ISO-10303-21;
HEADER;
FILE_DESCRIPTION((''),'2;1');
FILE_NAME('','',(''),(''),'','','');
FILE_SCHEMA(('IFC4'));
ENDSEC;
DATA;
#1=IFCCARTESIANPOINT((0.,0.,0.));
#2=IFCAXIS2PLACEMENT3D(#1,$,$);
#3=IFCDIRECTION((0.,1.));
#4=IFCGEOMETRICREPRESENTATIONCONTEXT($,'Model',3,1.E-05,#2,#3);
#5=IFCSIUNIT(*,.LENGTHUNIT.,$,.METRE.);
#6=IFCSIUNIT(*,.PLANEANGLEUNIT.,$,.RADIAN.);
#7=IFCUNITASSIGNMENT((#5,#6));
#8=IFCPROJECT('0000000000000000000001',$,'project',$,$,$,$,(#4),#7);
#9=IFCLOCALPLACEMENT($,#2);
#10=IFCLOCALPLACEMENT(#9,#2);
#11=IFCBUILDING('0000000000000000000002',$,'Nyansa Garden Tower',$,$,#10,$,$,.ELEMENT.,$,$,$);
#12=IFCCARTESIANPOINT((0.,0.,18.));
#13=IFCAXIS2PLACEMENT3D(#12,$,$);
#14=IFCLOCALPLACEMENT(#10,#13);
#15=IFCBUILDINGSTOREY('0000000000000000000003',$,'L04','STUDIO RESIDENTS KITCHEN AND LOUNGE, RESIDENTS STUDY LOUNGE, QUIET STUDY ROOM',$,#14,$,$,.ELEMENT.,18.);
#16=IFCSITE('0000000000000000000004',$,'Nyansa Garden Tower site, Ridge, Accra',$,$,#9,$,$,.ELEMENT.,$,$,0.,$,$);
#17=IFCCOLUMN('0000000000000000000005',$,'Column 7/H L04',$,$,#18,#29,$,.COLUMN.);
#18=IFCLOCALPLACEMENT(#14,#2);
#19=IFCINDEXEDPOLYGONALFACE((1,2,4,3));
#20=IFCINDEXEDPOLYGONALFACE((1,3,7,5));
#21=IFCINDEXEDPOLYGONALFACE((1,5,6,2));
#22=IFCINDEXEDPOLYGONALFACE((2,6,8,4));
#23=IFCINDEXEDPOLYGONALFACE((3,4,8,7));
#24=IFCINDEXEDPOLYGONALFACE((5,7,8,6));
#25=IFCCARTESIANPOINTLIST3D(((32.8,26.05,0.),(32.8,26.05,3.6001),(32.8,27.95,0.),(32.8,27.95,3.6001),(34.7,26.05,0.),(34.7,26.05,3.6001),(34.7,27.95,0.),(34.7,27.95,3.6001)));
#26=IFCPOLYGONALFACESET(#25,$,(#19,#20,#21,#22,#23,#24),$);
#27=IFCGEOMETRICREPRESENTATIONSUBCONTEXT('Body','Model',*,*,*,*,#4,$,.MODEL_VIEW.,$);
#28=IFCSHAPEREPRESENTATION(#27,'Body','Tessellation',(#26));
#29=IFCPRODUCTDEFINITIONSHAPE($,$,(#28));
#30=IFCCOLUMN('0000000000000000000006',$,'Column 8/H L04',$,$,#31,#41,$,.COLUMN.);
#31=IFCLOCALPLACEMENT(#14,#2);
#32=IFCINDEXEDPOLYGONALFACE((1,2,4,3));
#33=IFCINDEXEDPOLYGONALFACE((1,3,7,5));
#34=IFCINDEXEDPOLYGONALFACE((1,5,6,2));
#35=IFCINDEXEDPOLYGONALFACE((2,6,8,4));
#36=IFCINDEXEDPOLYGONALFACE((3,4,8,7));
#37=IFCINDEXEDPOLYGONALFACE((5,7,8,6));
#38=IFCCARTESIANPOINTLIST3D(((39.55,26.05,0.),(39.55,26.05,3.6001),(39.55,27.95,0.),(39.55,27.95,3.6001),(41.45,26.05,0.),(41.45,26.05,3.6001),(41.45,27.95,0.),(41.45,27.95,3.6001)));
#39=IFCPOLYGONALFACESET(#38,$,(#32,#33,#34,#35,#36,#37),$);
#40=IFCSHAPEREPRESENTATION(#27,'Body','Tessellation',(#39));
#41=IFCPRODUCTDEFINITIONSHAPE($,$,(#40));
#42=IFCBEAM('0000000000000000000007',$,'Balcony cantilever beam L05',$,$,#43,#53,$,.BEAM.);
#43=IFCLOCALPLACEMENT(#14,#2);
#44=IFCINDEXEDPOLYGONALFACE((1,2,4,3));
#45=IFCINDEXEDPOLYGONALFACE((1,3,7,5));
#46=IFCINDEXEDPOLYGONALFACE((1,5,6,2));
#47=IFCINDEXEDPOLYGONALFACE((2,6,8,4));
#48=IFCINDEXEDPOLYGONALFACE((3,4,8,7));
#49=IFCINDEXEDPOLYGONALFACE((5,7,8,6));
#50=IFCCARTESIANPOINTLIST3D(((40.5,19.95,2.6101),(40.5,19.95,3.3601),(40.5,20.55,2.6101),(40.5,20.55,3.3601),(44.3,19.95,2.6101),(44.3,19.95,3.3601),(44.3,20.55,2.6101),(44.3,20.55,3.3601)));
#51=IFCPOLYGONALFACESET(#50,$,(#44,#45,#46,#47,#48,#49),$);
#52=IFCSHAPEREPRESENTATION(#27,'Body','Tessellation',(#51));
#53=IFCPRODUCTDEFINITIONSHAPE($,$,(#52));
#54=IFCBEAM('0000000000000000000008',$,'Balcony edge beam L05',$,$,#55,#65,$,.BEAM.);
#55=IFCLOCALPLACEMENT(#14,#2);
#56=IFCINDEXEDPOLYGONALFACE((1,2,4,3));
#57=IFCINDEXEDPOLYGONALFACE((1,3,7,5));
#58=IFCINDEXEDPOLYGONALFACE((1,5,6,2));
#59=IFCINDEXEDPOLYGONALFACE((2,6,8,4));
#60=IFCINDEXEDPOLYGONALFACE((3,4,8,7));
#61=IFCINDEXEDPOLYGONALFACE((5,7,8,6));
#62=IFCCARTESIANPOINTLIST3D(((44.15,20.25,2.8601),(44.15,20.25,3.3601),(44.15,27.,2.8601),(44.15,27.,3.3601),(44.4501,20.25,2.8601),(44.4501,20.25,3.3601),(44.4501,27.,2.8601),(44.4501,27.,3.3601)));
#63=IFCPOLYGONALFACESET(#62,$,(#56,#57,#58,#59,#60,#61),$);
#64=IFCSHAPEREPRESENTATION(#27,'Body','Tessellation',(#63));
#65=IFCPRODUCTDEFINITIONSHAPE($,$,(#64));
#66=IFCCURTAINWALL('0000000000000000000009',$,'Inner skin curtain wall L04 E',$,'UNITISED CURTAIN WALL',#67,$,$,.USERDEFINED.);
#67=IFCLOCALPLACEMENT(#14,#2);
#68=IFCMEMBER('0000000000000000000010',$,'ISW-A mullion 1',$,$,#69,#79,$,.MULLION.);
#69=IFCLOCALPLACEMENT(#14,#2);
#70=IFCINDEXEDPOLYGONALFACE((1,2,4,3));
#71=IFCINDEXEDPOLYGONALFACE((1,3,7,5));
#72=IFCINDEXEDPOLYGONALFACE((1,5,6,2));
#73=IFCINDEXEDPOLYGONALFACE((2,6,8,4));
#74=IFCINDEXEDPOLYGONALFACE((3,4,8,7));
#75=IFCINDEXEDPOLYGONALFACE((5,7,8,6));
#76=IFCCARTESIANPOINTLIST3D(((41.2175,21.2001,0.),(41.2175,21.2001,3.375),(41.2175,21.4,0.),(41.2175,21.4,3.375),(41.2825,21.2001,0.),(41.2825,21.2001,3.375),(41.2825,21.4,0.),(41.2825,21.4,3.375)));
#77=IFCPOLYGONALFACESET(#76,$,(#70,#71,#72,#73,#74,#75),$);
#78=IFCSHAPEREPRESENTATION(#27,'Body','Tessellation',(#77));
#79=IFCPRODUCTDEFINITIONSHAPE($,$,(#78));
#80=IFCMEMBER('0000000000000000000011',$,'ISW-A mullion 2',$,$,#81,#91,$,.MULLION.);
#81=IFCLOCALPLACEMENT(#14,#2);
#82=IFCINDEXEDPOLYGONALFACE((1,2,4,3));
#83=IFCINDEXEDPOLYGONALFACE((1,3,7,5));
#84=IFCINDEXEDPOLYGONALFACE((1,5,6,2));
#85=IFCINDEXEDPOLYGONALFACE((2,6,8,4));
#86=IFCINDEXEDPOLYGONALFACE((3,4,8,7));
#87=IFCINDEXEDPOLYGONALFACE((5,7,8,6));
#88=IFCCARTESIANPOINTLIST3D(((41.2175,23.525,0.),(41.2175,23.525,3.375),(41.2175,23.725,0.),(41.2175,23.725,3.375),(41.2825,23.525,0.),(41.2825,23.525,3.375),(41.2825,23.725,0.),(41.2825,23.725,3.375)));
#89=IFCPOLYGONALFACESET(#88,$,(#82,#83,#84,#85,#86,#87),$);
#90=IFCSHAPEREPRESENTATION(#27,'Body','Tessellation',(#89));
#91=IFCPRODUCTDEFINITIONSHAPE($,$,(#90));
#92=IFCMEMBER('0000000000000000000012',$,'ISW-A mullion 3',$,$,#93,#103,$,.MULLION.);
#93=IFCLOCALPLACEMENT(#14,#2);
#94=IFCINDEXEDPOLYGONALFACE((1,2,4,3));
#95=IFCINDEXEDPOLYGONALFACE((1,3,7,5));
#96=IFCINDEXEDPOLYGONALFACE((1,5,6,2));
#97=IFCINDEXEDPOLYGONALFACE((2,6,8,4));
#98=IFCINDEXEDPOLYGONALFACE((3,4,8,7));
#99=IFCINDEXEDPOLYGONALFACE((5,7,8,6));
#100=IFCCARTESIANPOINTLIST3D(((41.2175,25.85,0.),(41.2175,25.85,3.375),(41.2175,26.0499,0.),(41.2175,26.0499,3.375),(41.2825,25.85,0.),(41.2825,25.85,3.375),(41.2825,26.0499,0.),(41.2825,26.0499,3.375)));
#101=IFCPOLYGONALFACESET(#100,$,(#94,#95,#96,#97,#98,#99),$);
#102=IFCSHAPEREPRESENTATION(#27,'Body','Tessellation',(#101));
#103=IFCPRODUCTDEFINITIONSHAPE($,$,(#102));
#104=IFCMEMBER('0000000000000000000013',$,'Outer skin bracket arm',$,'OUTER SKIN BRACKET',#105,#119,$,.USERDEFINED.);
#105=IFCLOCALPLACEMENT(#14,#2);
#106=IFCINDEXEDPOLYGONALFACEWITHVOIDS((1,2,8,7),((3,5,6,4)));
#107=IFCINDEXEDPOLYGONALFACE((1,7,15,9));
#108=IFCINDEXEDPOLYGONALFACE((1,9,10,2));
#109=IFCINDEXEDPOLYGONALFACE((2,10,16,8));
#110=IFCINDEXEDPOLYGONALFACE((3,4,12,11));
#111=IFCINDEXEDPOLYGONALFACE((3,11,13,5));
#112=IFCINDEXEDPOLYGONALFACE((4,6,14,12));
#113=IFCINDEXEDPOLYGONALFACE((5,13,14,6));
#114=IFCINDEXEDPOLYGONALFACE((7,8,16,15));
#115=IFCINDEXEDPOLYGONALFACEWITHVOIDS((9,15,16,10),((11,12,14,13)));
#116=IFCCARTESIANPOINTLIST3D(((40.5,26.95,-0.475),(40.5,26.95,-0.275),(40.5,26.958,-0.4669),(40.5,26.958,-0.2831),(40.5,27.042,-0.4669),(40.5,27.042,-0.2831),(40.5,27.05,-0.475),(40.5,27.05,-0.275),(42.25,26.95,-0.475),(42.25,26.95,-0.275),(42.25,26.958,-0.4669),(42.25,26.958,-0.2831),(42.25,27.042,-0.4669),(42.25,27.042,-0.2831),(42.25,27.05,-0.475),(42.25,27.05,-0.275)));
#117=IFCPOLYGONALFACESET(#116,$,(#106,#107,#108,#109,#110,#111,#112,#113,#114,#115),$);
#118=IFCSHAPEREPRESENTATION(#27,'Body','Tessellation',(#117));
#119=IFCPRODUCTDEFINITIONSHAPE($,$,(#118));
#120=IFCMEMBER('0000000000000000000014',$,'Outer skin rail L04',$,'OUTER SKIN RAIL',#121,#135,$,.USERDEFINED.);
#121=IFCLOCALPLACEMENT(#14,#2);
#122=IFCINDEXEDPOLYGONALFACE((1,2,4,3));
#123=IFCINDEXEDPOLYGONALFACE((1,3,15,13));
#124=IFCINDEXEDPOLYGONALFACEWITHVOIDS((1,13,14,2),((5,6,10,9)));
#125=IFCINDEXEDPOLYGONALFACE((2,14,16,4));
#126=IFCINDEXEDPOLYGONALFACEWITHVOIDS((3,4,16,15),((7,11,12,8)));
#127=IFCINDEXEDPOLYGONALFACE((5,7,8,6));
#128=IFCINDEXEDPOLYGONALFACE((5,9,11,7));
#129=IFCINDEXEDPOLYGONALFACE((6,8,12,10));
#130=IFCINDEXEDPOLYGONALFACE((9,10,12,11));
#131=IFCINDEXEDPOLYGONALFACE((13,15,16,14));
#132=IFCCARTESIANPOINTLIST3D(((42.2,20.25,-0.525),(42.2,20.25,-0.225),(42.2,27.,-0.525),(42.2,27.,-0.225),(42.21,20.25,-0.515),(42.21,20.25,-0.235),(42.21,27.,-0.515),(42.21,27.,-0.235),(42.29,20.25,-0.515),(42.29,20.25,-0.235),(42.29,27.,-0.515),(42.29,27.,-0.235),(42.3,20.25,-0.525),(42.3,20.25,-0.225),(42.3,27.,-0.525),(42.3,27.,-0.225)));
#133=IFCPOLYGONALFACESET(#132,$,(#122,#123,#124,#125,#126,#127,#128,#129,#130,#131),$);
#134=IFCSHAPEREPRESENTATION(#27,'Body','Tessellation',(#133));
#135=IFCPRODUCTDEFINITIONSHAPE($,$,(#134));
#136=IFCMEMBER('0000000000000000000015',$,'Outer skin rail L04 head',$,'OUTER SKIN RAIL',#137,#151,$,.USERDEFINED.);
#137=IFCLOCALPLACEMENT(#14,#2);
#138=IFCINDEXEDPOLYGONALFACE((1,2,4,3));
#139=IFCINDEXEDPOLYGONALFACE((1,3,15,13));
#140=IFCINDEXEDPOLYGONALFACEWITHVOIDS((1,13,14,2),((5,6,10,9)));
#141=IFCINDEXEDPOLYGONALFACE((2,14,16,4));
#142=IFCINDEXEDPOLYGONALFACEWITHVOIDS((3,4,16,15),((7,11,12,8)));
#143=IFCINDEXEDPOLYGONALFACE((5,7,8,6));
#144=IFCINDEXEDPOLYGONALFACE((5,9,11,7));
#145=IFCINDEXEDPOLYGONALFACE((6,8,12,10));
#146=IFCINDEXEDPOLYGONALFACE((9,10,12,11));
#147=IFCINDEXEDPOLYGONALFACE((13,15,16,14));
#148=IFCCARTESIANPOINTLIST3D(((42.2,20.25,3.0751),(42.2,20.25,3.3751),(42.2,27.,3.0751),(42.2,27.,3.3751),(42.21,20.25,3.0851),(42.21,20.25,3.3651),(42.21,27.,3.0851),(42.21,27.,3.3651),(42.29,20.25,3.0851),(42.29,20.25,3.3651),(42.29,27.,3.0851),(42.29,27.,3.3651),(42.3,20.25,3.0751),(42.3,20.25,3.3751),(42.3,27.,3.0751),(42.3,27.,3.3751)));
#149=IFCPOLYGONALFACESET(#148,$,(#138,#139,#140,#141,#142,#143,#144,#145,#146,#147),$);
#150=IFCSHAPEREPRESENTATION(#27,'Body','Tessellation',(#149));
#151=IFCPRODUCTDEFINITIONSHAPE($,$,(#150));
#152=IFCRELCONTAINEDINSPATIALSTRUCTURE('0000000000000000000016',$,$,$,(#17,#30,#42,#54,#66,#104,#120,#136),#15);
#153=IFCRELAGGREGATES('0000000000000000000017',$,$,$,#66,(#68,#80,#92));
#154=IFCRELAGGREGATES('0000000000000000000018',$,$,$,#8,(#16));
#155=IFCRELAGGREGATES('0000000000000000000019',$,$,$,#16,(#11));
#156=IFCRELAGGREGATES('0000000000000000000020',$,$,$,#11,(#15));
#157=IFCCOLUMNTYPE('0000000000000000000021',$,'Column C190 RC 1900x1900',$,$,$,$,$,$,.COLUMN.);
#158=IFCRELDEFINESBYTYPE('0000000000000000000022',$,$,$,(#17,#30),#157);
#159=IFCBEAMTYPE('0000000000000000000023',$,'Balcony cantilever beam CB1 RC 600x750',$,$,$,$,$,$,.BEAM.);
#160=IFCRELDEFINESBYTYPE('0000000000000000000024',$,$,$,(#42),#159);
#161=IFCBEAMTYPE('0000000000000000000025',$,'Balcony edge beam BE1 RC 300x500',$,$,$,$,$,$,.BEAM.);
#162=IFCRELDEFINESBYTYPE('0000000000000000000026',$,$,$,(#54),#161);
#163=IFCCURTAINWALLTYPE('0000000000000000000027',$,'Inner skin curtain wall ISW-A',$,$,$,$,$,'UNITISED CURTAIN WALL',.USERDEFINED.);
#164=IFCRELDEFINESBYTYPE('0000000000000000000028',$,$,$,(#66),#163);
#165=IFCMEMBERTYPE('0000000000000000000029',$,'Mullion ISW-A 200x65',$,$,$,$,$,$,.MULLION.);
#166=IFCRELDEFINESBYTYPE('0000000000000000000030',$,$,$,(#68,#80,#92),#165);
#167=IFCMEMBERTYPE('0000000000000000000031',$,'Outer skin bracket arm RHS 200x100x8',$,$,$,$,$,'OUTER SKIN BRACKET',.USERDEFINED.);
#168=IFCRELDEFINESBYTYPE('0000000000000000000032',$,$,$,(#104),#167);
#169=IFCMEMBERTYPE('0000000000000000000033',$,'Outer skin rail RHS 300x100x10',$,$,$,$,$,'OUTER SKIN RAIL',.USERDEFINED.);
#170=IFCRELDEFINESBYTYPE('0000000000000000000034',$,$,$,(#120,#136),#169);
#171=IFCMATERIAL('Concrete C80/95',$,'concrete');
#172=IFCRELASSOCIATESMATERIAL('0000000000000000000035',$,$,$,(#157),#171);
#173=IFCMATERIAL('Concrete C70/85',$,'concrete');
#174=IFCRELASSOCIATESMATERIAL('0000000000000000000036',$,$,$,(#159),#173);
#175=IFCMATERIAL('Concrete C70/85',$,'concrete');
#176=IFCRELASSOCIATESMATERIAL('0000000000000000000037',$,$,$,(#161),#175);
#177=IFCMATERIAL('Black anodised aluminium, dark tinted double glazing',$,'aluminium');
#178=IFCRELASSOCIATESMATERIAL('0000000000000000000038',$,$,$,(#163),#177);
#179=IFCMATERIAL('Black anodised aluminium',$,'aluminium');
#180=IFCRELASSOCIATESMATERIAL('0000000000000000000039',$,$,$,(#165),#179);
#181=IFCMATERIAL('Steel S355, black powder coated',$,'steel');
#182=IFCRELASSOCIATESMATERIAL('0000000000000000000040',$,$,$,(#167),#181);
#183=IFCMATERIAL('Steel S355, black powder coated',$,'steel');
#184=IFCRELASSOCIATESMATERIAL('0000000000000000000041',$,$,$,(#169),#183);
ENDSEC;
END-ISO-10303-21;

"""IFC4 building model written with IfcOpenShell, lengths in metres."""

from ifc_helpers import new_model, si_unit, direction, frame, origin, origin_2d, place, context, subcontext, project, spatial, rectangle, hollow_rectangle, extrude, material, material_profile, profile_set, type_object, element, aggregate, save


model = new_model("IFC4")

# Units and contexts
model_context = context("Model", 3, precision=1e-05, world=origin(), true_north=direction((0.0, 1.0)))
body_context = subcontext(model_context, "Body", "Model", "MODEL_VIEW")
ifc_project = project(units=[si_unit("LENGTHUNIT", "METRE"), si_unit("PLANEANGLEUNIT", "RADIAN")], contexts=[model_context])

# Site, building, storey
site_placement = place(None, origin())
site = spatial("IfcSite", under=ifc_project, at=site_placement, Name="Nyansa Garden Tower site, Ridge, Accra", CompositionType="ELEMENT", RefElevation=0.0)
building_placement = place(site_placement, origin())
building = spatial("IfcBuilding", under=site, at=building_placement, Name="Nyansa Garden Tower", CompositionType="ELEMENT")
storey_placement = place(building_placement, frame((0.0, 0.0, 18.0)))
storey = spatial("IfcBuildingStorey", under=building, at=storey_placement, Name="L04", Description="STUDIO RESIDENTS KITCHEN AND LOUNGE, RESIDENTS STUDY LOUNGE, QUIET STUDY ROOM", CompositionType="ELEMENT", Elevation=18.0)

# Columns
ifc_material_1 = material(Name="Concrete C80/95", Category="concrete")
ifc_material_profile_1 = material_profile(ifc_material_1, rectangle(XDim=1.8999, YDim=1.8999, at=origin_2d()), Name="RC 1900x1900")
ifc_profile_set_1 = profile_set([ifc_material_profile_1], Name="Concrete C80/95")
column_type = type_object("IfcColumnType", Name="Column C190 RC 1900x1900", PredefinedType="COLUMN", material=ifc_profile_set_1)
for number, where, z_axis, x_axis, name in (
    (1, (33.75, 27.0, 0.0), (0.0, 0.0, 1.0), (1.0, 0.0, 0.0), "Column 7/H L04"),
    (2, (40.5, 27.0, 0.0), (0.0, 0.0, 1.0), (1.0, 0.0, 0.0), "Column 8/H L04"),
):
    element("IfcColumn", number, at=place(storey_placement, frame(where, z_axis=z_axis, x_axis=x_axis)), inside=storey, type_object=column_type, Name=name, PredefinedType="COLUMN", context=body_context, shape_type="SweptSolid", body=[
        extrude(rectangle(XDim=1.8999, YDim=1.8999, at=origin_2d()), origin(), (0.0, 0.0, 1.0), 3.6001),
    ])

# Beams
ifc_material_2 = material(Name="Concrete C70/85", Category="concrete")
ifc_material_profile_2 = material_profile(ifc_material_2, rectangle(XDim=0.6001, YDim=0.75, at=origin_2d()), Name="RC 600x750")
ifc_profile_set_2 = profile_set([ifc_material_profile_2], Name="Concrete C70/85")
beam_type_1 = type_object("IfcBeamType", Name="Balcony cantilever beam CB1 RC 600x750", PredefinedType="BEAM", material=ifc_profile_set_2)
beam_1_placement = place(storey_placement, frame((40.5, 20.25, 2.9851), z_axis=(1.0, 0.0, 0.0), x_axis=(0.0, 1.0, 0.0)))
element("IfcBeam", 3, at=beam_1_placement, inside=storey, type_object=beam_type_1, Name="Balcony cantilever beam L05", PredefinedType="BEAM", context=body_context, shape_type="SweptSolid", body=[
    extrude(rectangle(XDim=0.6001, YDim=0.75, at=origin_2d()), origin(), (0.0, 0.0, 1.0), 3.8),
])
ifc_material_3 = material(Name="Concrete C70/85", Category="concrete")
ifc_material_profile_3 = material_profile(ifc_material_3, rectangle(XDim=0.3, YDim=0.5, at=origin_2d()), Name="RC 300x500")
ifc_profile_set_3 = profile_set([ifc_material_profile_3], Name="Concrete C70/85")
beam_type_2 = type_object("IfcBeamType", Name="Balcony edge beam BE1 RC 300x500", PredefinedType="BEAM", material=ifc_profile_set_3)
beam_2_placement = place(storey_placement, frame((44.3, 20.25, 3.1101), z_axis=(0.0, 1.0, 0.0), x_axis=(-1.0, 0.0, 0.0)))
element("IfcBeam", 4, at=beam_2_placement, inside=storey, type_object=beam_type_2, Name="Balcony edge beam L05", PredefinedType="BEAM", context=body_context, shape_type="SweptSolid", body=[
    extrude(rectangle(XDim=0.3, YDim=0.5, at=origin_2d()), origin(), (0.0, 0.0, 1.0), 6.75),
])

# Curtain wall, members
ifc_material_4 = material(Name="Black anodised aluminium, dark tinted double glazing", Category="aluminium")
curtain_wall_type = type_object("IfcCurtainWallType", Name="Inner skin curtain wall ISW-A", ElementType="UNITISED CURTAIN WALL", PredefinedType="USERDEFINED", material=ifc_material_4)
curtain_wall_placement = place(storey_placement, origin())
curtain_wall = element("IfcCurtainWall", 5, at=curtain_wall_placement, inside=storey, type_object=curtain_wall_type, Name="Inner skin curtain wall L04 E", ObjectType="UNITISED CURTAIN WALL", PredefinedType="USERDEFINED")
ifc_material_5 = material(Name="Black anodised aluminium", Category="aluminium")
ifc_material_profile_4 = material_profile(ifc_material_5, rectangle(XDim=0.0649, YDim=0.2, at=origin_2d()), Name="Mullion 200x65")
ifc_profile_set_4 = profile_set([ifc_material_profile_4], Name="Black anodised aluminium")
member_type_1 = type_object("IfcMemberType", Name="Mullion ISW-A 200x65", PredefinedType="MULLION", material=ifc_profile_set_4)
member_1_placement = place(storey_placement, frame((41.25, 21.3, 0.0), z_axis=(0.0, 0.0, 1.0), x_axis=(-1.0, 0.0, 0.0)))
member_1 = element("IfcMember", 6, at=member_1_placement, type_object=member_type_1, Name="ISW-A mullion 1", PredefinedType="MULLION", context=body_context, shape_type="SweptSolid", body=[
    extrude(rectangle(XDim=0.0649, YDim=0.2, at=origin_2d()), origin(), (0.0, 0.0, 1.0), 3.375),
])
member_2_placement = place(storey_placement, frame((41.25, 23.625, 0.0), z_axis=(0.0, 0.0, 1.0), x_axis=(-1.0, 0.0, 0.0)))
member_2 = element("IfcMember", 7, at=member_2_placement, type_object=member_type_1, Name="ISW-A mullion 2", PredefinedType="MULLION", context=body_context, shape_type="SweptSolid", body=[
    extrude(rectangle(XDim=0.0649, YDim=0.2, at=origin_2d()), origin(), (0.0, 0.0, 1.0), 3.375),
])
member_3_placement = place(storey_placement, frame((41.25, 25.95, 0.0), z_axis=(0.0, 0.0, 1.0), x_axis=(-1.0, 0.0, 0.0)))
member_3 = element("IfcMember", 8, at=member_3_placement, type_object=member_type_1, Name="ISW-A mullion 3", PredefinedType="MULLION", context=body_context, shape_type="SweptSolid", body=[
    extrude(rectangle(XDim=0.0649, YDim=0.2, at=origin_2d()), origin(), (0.0, 0.0, 1.0), 3.375),
])

# Members
ifc_material_6 = material(Name="Steel S355, black powder coated", Category="steel")
ifc_material_profile_5 = material_profile(ifc_material_6, hollow_rectangle(XDim=0.1001, YDim=0.2, WallThickness=0.0081, at=origin_2d()), Name="RHS 200x100x8")
ifc_profile_set_5 = profile_set([ifc_material_profile_5], Name="Steel S355, black powder coated")
member_type_2 = type_object("IfcMemberType", Name="Outer skin bracket arm RHS 200x100x8", ElementType="OUTER SKIN BRACKET", PredefinedType="USERDEFINED", material=ifc_profile_set_5)
member_4_placement = place(storey_placement, frame((40.5, 27.0, -0.375), z_axis=(1.0, 0.0, 0.0), x_axis=(0.0, 1.0, 0.0)))
element("IfcMember", 9, at=member_4_placement, inside=storey, type_object=member_type_2, Name="Outer skin bracket arm", ObjectType="OUTER SKIN BRACKET", PredefinedType="USERDEFINED", context=body_context, shape_type="SweptSolid", body=[
    extrude(hollow_rectangle(XDim=0.1001, YDim=0.2, WallThickness=0.0081, at=origin_2d()), origin(), (0.0, 0.0, 1.0), 1.75),
])
ifc_material_7 = material(Name="Steel S355, black powder coated", Category="steel")
ifc_material_profile_6 = material_profile(ifc_material_7, hollow_rectangle(XDim=0.1001, YDim=0.3, WallThickness=0.01, at=origin_2d()), Name="RHS 300x100x10")
ifc_profile_set_6 = profile_set([ifc_material_profile_6], Name="Steel S355, black powder coated")
member_type_3 = type_object("IfcMemberType", Name="Outer skin rail RHS 300x100x10", ElementType="OUTER SKIN RAIL", PredefinedType="USERDEFINED", material=ifc_profile_set_6)
for number, where, z_axis, x_axis, name in (
    (10, (42.25, 20.25, -0.375), (0.0, 1.0, 0.0), (-1.0, 0.0, 0.0), "Outer skin rail L04"),
    (11, (42.25, 20.25, 3.2251), (0.0, 1.0, 0.0), (-1.0, 0.0, 0.0), "Outer skin rail L04 head"),
):
    element("IfcMember", number, at=place(storey_placement, frame(where, z_axis=z_axis, x_axis=x_axis)), inside=storey, type_object=member_type_3, Name=name, ObjectType="OUTER SKIN RAIL", PredefinedType="USERDEFINED", context=body_context, shape_type="SweptSolid", body=[
        extrude(hollow_rectangle(XDim=0.1001, YDim=0.3, WallThickness=0.01, at=origin_2d()), origin(), (0.0, 0.0, 1.0), 6.75),
    ])

aggregate(curtain_wall, [member_1, member_2, member_3])

save(model, "model.ifc")
